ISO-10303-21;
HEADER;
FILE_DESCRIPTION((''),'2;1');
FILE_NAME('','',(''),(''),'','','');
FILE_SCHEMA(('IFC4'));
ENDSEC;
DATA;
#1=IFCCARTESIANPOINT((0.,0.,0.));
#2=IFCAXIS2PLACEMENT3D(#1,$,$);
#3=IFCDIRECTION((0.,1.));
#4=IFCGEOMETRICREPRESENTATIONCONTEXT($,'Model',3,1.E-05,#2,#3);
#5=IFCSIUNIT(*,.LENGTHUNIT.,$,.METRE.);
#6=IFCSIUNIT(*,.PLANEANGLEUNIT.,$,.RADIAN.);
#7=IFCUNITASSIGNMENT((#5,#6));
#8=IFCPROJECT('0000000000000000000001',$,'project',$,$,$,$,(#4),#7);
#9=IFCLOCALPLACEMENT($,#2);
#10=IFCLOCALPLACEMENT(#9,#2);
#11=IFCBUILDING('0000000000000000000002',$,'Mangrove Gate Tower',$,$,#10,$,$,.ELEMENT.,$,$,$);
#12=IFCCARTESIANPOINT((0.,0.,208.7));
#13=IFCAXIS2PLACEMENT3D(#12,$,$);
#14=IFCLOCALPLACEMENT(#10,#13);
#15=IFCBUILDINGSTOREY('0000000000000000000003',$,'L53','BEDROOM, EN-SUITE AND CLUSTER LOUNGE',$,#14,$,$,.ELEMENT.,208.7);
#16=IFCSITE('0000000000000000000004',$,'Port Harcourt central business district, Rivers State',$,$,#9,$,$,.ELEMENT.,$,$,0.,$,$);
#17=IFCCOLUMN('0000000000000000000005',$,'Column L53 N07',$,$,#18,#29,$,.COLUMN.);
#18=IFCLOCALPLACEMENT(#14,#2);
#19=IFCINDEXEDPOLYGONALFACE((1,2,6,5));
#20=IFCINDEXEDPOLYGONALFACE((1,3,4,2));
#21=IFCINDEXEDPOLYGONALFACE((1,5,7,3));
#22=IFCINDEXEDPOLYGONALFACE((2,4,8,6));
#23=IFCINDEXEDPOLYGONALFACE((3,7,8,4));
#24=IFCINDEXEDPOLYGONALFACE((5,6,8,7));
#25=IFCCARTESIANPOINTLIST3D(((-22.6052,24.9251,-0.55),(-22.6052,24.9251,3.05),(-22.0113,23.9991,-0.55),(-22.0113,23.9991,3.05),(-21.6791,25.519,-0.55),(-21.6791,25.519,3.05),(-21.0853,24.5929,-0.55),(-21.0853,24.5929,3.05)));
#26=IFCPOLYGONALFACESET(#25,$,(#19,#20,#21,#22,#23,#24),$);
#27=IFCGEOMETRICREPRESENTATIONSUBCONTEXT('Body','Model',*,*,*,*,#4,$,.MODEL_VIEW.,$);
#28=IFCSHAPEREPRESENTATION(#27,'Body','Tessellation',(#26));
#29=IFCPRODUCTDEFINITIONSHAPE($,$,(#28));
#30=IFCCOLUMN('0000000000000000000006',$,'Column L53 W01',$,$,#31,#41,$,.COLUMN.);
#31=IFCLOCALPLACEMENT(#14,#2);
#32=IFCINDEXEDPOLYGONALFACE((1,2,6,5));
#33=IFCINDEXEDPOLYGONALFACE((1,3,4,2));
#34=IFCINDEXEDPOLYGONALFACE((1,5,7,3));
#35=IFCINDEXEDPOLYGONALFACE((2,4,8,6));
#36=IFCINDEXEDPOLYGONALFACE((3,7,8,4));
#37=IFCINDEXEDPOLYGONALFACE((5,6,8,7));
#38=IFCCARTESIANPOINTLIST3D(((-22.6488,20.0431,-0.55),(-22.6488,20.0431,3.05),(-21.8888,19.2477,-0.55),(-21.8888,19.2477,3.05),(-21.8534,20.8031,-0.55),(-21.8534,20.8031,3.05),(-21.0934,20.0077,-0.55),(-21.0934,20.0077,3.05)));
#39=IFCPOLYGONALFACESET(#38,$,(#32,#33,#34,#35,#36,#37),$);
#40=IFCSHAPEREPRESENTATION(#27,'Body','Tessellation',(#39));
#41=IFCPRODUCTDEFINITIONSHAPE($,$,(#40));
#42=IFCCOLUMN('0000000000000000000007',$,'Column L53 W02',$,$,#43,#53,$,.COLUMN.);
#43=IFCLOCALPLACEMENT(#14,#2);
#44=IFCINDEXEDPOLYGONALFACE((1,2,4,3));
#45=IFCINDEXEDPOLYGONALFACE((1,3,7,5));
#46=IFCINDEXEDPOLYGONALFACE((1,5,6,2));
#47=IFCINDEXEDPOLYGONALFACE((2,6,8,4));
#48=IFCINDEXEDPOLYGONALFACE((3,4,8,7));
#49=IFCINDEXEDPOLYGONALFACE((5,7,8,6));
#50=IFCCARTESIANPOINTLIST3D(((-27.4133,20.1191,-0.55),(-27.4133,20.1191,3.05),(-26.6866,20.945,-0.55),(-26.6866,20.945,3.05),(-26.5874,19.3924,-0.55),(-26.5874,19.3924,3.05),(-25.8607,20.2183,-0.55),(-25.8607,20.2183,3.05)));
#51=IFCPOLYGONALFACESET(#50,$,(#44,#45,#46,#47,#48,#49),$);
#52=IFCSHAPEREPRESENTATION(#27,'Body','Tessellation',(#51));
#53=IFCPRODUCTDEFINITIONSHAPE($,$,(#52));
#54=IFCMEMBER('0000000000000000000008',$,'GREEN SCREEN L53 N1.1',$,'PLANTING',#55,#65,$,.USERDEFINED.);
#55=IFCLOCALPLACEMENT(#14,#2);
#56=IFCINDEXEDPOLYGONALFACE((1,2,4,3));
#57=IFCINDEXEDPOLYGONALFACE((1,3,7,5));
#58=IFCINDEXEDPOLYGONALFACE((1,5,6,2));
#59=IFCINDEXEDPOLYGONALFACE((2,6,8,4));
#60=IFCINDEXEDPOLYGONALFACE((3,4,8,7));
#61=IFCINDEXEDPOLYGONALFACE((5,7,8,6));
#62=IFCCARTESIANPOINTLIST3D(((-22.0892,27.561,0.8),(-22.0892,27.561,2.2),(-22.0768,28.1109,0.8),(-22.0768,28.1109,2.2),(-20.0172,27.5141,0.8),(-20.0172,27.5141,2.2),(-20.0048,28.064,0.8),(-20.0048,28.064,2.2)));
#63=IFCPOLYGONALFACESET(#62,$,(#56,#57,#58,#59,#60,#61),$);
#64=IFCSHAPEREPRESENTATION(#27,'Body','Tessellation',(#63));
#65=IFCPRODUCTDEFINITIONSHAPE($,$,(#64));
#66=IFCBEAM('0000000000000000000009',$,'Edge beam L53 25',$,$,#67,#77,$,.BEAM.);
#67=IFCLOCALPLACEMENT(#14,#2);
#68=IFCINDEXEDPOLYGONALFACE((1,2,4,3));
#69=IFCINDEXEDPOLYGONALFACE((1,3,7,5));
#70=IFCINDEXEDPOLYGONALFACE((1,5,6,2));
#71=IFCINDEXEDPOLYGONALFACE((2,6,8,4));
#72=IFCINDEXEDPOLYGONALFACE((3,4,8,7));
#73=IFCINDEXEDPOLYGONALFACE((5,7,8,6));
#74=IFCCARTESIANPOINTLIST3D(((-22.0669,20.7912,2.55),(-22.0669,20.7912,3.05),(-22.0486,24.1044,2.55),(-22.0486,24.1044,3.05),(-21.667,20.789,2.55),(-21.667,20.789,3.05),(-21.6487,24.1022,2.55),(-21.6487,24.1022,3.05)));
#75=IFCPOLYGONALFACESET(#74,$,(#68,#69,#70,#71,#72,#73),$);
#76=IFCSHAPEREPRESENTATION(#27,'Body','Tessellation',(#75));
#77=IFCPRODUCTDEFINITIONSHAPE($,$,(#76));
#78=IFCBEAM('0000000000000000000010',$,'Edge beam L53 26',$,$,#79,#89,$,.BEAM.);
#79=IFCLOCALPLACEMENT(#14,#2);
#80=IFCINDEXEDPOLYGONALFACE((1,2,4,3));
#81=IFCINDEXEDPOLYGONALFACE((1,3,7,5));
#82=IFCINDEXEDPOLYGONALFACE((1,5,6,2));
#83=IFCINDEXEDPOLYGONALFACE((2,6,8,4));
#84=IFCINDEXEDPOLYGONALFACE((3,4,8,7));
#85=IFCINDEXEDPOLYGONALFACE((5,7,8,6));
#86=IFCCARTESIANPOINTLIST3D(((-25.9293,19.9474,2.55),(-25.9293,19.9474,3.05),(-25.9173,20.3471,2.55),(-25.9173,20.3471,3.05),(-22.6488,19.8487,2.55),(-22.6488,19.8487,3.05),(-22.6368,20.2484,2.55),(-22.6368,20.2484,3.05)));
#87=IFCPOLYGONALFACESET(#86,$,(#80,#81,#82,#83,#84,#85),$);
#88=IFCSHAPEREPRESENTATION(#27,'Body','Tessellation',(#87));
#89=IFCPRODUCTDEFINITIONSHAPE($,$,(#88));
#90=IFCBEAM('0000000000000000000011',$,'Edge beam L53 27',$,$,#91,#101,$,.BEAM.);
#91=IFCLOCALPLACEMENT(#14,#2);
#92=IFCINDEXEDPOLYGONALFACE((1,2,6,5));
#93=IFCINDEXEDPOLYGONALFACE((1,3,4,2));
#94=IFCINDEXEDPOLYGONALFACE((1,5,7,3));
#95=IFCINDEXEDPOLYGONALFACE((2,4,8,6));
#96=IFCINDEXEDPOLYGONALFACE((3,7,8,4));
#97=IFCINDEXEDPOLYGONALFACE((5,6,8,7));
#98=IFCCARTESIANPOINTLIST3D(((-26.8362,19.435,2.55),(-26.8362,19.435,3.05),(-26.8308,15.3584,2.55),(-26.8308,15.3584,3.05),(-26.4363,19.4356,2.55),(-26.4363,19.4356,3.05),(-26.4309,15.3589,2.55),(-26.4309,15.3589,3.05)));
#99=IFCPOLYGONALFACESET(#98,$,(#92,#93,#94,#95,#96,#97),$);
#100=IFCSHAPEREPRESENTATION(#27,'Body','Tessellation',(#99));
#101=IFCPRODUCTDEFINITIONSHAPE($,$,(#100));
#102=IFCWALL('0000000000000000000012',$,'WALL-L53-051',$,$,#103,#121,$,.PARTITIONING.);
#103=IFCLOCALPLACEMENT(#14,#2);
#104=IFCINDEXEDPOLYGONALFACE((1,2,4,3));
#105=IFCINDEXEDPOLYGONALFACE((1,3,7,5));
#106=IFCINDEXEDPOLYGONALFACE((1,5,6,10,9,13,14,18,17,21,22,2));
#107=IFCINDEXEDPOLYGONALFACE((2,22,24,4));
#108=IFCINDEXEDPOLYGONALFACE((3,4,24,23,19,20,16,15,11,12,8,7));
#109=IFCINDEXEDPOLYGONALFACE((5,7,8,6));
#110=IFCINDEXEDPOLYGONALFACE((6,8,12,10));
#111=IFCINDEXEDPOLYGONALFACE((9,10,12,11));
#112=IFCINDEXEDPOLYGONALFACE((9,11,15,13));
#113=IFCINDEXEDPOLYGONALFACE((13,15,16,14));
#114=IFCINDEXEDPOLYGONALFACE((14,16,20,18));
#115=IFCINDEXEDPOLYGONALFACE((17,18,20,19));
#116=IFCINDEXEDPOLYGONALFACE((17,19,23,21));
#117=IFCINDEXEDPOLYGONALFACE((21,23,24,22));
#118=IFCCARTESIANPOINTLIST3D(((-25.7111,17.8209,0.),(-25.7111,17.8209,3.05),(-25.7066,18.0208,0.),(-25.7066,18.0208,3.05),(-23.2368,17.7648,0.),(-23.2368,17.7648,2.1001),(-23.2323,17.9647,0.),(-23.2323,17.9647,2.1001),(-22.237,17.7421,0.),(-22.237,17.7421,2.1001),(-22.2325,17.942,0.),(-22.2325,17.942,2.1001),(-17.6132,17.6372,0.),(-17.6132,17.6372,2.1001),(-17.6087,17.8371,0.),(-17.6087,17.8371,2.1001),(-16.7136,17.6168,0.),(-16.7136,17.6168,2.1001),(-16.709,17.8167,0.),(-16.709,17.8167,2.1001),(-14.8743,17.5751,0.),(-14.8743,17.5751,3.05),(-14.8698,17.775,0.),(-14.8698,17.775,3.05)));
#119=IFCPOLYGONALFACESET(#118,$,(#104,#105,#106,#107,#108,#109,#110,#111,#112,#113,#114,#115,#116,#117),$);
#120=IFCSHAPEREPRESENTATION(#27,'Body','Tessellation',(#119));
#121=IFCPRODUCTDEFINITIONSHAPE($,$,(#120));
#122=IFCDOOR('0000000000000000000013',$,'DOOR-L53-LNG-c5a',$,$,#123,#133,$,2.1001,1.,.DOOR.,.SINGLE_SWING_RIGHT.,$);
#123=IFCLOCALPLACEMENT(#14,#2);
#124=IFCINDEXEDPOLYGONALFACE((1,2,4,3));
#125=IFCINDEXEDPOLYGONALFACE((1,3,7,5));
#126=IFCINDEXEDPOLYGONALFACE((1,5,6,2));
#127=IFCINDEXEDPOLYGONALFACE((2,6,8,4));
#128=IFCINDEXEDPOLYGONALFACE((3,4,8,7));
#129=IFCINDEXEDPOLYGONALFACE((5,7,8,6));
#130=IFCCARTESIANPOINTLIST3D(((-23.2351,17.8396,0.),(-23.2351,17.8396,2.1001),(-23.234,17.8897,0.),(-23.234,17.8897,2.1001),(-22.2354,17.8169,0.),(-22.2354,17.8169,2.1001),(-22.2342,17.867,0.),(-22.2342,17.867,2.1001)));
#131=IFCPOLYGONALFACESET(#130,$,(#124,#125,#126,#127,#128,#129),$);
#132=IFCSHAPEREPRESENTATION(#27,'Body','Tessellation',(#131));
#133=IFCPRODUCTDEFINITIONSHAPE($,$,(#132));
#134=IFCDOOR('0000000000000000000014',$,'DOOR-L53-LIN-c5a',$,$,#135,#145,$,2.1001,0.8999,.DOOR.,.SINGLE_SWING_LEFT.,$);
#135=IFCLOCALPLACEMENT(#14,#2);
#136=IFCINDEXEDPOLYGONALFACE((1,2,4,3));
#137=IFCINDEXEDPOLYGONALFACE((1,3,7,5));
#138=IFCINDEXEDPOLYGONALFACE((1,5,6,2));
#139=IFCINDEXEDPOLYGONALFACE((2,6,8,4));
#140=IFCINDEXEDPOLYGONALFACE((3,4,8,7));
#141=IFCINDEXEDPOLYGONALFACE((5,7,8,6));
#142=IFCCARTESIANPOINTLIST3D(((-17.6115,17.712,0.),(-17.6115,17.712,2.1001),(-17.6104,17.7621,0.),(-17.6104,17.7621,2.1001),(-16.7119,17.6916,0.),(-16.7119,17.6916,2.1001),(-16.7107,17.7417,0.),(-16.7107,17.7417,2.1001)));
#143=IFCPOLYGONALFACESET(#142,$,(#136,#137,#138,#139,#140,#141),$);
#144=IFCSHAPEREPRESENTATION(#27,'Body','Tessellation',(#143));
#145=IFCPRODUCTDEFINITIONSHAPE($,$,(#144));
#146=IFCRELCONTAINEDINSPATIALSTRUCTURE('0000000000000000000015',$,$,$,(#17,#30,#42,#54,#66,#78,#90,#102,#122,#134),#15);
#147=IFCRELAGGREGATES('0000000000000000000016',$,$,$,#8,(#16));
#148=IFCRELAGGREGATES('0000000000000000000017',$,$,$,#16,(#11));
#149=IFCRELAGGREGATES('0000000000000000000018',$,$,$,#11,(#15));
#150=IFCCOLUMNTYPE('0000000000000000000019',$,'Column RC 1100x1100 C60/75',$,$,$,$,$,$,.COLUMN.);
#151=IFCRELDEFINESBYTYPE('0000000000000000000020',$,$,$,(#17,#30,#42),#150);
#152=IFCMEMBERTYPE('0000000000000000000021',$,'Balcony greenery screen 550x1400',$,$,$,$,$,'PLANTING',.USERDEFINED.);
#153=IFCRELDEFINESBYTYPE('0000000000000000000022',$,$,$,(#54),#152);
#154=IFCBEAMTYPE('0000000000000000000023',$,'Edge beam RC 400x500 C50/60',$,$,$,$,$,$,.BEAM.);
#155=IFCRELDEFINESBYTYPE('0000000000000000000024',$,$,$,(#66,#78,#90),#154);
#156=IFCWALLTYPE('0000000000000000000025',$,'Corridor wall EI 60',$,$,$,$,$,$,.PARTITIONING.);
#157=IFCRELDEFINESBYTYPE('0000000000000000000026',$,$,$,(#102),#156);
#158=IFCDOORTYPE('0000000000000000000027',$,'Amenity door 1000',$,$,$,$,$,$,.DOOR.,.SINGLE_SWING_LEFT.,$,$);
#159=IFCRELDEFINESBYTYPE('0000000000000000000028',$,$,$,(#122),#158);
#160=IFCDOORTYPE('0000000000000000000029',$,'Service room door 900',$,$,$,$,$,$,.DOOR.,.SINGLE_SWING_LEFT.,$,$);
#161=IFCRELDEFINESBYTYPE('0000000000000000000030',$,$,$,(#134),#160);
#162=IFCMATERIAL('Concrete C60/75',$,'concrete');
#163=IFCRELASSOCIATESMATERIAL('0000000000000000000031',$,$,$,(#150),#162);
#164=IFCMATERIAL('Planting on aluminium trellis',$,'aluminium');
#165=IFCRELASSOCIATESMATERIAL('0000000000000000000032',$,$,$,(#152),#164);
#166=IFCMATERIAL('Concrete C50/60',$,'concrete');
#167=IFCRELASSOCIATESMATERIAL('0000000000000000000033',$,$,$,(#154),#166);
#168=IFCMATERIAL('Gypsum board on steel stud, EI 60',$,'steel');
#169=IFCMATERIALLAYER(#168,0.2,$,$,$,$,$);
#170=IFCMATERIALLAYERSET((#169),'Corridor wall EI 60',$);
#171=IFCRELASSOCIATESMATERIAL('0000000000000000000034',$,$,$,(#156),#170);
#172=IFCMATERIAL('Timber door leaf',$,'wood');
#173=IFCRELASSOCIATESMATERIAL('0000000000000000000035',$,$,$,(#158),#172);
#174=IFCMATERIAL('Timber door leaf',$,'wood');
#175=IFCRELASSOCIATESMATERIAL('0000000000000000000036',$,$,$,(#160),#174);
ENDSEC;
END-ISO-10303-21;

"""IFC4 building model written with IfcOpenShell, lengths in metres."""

from ifc_helpers import new_model, si_unit, direction, frame, frame_2d, origin, origin_2d, place, context, subcontext, project, spatial, rectangle, extrude, material, layer, layer_set, material_profile, profile_set, type_object, element, fill, save


model = new_model("IFC4")

# Units and contexts
model_context = context("Model", 3, precision=1e-05, world=origin(), true_north=direction((0.0, 1.0)))
body_context = subcontext(model_context, "Body", "Model", "MODEL_VIEW")
ifc_project = project(units=[si_unit("LENGTHUNIT", "METRE"), si_unit("PLANEANGLEUNIT", "RADIAN")], contexts=[model_context])

# Site, building, storey
site_placement = place(None, origin())
site = spatial("IfcSite", under=ifc_project, at=site_placement, Name="Port Harcourt central business district, Rivers State", CompositionType="ELEMENT", RefElevation=0.0)
building_placement = place(site_placement, origin())
building = spatial("IfcBuilding", under=site, at=building_placement, Name="Mangrove Gate Tower", CompositionType="ELEMENT")
storey_placement = place(building_placement, frame((0.0, 0.0, 208.7)))
storey = spatial("IfcBuildingStorey", under=building, at=storey_placement, Name="L53", Description="BEDROOM, EN-SUITE AND CLUSTER LOUNGE", CompositionType="ELEMENT", Elevation=208.7)

# Columns
ifc_material_1 = material(Name="Concrete C60/75", Category="concrete")
ifc_material_profile_1 = material_profile(ifc_material_1, rectangle(XDim=1.1001, YDim=1.1001, at=origin_2d()))
ifc_profile_set_1 = profile_set([ifc_material_profile_1], Name="Concrete C60/75")
column_type = type_object("IfcColumnType", Name="Column RC 1100x1100 C60/75", PredefinedType="COLUMN", material=ifc_profile_set_1)
for number, where, z_axis, x_axis, name in (
    (1, (-21.8452, 24.759, -0.55), (0.0, 0.0, 1.0), (-0.841787, -0.53981, 0.0), "Column L53 N07"),
    (2, (-21.8711, 20.0254, -0.55), (0.0, 0.0, 1.0), (-0.722981, -0.690868, 0.0), "Column L53 W01"),
    (3, (-26.637, 20.1687, -0.55), (0.0, 0.0, 1.0), (-0.66057, -0.750764, 0.0), "Column L53 W02"),
):
    element("IfcColumn", number, at=place(storey_placement, frame(where, z_axis=z_axis, x_axis=x_axis)), inside=storey, type_object=column_type, Name=name, PredefinedType="COLUMN", context=body_context, shape_type="SweptSolid", body=[
        extrude(rectangle(XDim=1.1001, YDim=1.1001, at=origin_2d()), origin(), (0.0, 0.0, 1.0), 3.6001),
    ])

# Member
ifc_material_2 = material(Name="Planting on aluminium trellis", Category="aluminium")
ifc_material_profile_2 = material_profile(ifc_material_2, rectangle(XDim=0.55, YDim=1.3999, at=origin_2d()))
ifc_profile_set_2 = profile_set([ifc_material_profile_2], Name="Planting on aluminium trellis")
member_type = type_object("IfcMemberType", Name="Balcony greenery screen 550x1400", ElementType="PLANTING", PredefinedType="USERDEFINED", material=ifc_profile_set_2)
member_placement = place(storey_placement, frame((-22.083, 27.8359, 1.5), z_axis=(0.999744, -0.022617, 0.0), x_axis=(0.022617, 0.999744, 0.0)))
element("IfcMember", 4, at=member_placement, inside=storey, type_object=member_type, Name="GREEN SCREEN L53 N1.1", ObjectType="PLANTING", PredefinedType="USERDEFINED", context=body_context, shape_type="SweptSolid", body=[
    extrude(rectangle(XDim=0.55, YDim=1.3999, at=origin_2d()), origin(), (0.0, 0.0, 1.0), 2.0725),
])

# Beams
ifc_material_3 = material(Name="Concrete C50/60", Category="concrete")
ifc_material_profile_3 = material_profile(ifc_material_3, rectangle(XDim=0.3999, YDim=0.5, at=origin_2d()))
ifc_profile_set_3 = profile_set([ifc_material_profile_3], Name="Concrete C50/60")
beam_type = type_object("IfcBeamType", Name="Edge beam RC 400x500 C50/60", PredefinedType="BEAM", material=ifc_profile_set_3)
beam_1_placement = place(storey_placement, frame((-21.8486, 24.1033, 2.8), z_axis=(-0.005526, -0.999985, 0.0), x_axis=(0.999985, -0.005526, 0.0)))
element("IfcBeam", 5, at=beam_1_placement, inside=storey, type_object=beam_type, Name="Edge beam L53 25", PredefinedType="BEAM", context=body_context, shape_type="SweptSolid", body=[
    extrude(rectangle(XDim=0.3999, YDim=0.5, at=origin_2d()), origin(), (0.0, 0.0, 1.0), 3.3132),
])
beam_2_placement = place(storey_placement, frame((-22.6428, 20.0486, 2.8), z_axis=(-0.999548, 0.030053, 0.0), x_axis=(-0.030053, -0.999548, 0.0)))
element("IfcBeam", 6, at=beam_2_placement, inside=storey, type_object=beam_type, Name="Edge beam L53 26", PredefinedType="BEAM", context=body_context, shape_type="SweptSolid", body=[
    extrude(rectangle(XDim=0.3999, YDim=0.5, at=origin_2d()), origin(), (0.0, 0.0, 1.0), 3.282),
])
beam_3_placement = place(storey_placement, frame((-26.6362, 19.4353, 2.8), z_axis=(0.001318, -0.999999, 0.0), x_axis=(0.999999, 0.001318, 0.0)))
element("IfcBeam", 7, at=beam_3_placement, inside=storey, type_object=beam_type, Name="Edge beam L53 27", PredefinedType="BEAM", context=body_context, shape_type="SweptSolid", body=[
    extrude(rectangle(XDim=0.3999, YDim=0.5, at=origin_2d()), origin(), (0.0, 0.0, 1.0), 4.0767),
])

# Wall, openings, doors
ifc_material_4 = material(Name="Gypsum board on steel stud, EI 60", Category="steel")
ifc_layer_1 = layer(ifc_material_4, 0.2)
ifc_layer_set_1 = layer_set([ifc_layer_1], Name="Corridor wall EI 60")
wall_type_1 = type_object("IfcWallType", Name="Corridor wall EI 60", PredefinedType="PARTITIONING", material=ifc_layer_set_1)
wall_1_placement = place(storey_placement, frame((-25.709, 17.9209, 0.0), z_axis=(0.0, 0.0, 1.0), x_axis=(0.999743, -0.02268, 0.0)))
wall_1 = element("IfcWall", 8, at=wall_1_placement, inside=storey, type_object=wall_type_1, Name="WALL-L53-051", PredefinedType="PARTITIONING", context=body_context, shape_type="SweptSolid", body=[
    extrude(rectangle(XDim=10.8396, YDim=0.2, at=frame_2d((5.4199, 0.0))), origin(), (0.0, 0.0, 1.0), 3.05),
])
opening_1_placement = place(wall_1_placement, frame((2.4751, 0.0, 0.0)))
opening_1 = element("IfcOpeningElement", 9, at=opening_1_placement, cuts=wall_1, PredefinedType="OPENING", context=body_context, shape_type="SweptSolid", body=[
    extrude(rectangle(XDim=1.0, YDim=2.1001, at=frame_2d((0.5, 1.05))), frame((0.0, 0.1099, 0.0), z_axis=(0.0, -1.0, 0.0), x_axis=(1.0, 0.0, 0.0)), (0.0, 0.0, 1.0), 0.22),
])
opening_2_placement = place(wall_1_placement, frame((8.1001, 0.0, 0.0)))
opening_2 = element("IfcOpeningElement", 10, at=opening_2_placement, cuts=wall_1, PredefinedType="OPENING", context=body_context, shape_type="SweptSolid", body=[
    extrude(rectangle(XDim=0.8999, YDim=2.1001, at=frame_2d((0.45, 1.05))), frame((0.0, 0.1099, 0.0), z_axis=(0.0, -1.0, 0.0), x_axis=(1.0, 0.0, 0.0)), (0.0, 0.0, 1.0), 0.22),
])
ifc_material_5 = material(Name="Timber door leaf", Category="wood")
door_type_1 = type_object("IfcDoorType", Name="Amenity door 1000", OperationType="SINGLE_SWING_LEFT", PredefinedType="DOOR", material=ifc_material_5)
door_1_placement = place(opening_1_placement, origin())
door_1 = element("IfcDoor", 11, at=door_1_placement, inside=storey, type_object=door_type_1, Name="DOOR-L53-LNG-c5a", OperationType="SINGLE_SWING_RIGHT", OverallHeight=2.1001, OverallWidth=1.0, PredefinedType="DOOR", context=body_context, shape_type="SweptSolid", body=[
    extrude(rectangle(XDim=1.0, YDim=2.1001, at=frame_2d((0.5, 1.05))), frame((0.0, 0.0249, 0.0), z_axis=(0.0, -1.0, 0.0), x_axis=(1.0, 0.0, 0.0)), (0.0, 0.0, 1.0), 0.05),
])
fill(opening_1, door_1)
ifc_material_6 = material(Name="Timber door leaf", Category="wood")
door_type_2 = type_object("IfcDoorType", Name="Service room door 900", OperationType="SINGLE_SWING_LEFT", PredefinedType="DOOR", material=ifc_material_6)
door_2_placement = place(opening_2_placement, origin())
door_2 = element("IfcDoor", 12, at=door_2_placement, inside=storey, type_object=door_type_2, Name="DOOR-L53-LIN-c5a", OperationType="SINGLE_SWING_LEFT", OverallHeight=2.1001, OverallWidth=0.8999, PredefinedType="DOOR", context=body_context, shape_type="SweptSolid", body=[
    extrude(rectangle(XDim=0.8999, YDim=2.1001, at=frame_2d((0.45, 1.05))), frame((0.0, 0.0249, 0.0), z_axis=(0.0, -1.0, 0.0), x_axis=(1.0, 0.0, 0.0)), (0.0, 0.0, 1.0), 0.05),
])
fill(opening_2, door_2)

save(model, "model.ifc")
